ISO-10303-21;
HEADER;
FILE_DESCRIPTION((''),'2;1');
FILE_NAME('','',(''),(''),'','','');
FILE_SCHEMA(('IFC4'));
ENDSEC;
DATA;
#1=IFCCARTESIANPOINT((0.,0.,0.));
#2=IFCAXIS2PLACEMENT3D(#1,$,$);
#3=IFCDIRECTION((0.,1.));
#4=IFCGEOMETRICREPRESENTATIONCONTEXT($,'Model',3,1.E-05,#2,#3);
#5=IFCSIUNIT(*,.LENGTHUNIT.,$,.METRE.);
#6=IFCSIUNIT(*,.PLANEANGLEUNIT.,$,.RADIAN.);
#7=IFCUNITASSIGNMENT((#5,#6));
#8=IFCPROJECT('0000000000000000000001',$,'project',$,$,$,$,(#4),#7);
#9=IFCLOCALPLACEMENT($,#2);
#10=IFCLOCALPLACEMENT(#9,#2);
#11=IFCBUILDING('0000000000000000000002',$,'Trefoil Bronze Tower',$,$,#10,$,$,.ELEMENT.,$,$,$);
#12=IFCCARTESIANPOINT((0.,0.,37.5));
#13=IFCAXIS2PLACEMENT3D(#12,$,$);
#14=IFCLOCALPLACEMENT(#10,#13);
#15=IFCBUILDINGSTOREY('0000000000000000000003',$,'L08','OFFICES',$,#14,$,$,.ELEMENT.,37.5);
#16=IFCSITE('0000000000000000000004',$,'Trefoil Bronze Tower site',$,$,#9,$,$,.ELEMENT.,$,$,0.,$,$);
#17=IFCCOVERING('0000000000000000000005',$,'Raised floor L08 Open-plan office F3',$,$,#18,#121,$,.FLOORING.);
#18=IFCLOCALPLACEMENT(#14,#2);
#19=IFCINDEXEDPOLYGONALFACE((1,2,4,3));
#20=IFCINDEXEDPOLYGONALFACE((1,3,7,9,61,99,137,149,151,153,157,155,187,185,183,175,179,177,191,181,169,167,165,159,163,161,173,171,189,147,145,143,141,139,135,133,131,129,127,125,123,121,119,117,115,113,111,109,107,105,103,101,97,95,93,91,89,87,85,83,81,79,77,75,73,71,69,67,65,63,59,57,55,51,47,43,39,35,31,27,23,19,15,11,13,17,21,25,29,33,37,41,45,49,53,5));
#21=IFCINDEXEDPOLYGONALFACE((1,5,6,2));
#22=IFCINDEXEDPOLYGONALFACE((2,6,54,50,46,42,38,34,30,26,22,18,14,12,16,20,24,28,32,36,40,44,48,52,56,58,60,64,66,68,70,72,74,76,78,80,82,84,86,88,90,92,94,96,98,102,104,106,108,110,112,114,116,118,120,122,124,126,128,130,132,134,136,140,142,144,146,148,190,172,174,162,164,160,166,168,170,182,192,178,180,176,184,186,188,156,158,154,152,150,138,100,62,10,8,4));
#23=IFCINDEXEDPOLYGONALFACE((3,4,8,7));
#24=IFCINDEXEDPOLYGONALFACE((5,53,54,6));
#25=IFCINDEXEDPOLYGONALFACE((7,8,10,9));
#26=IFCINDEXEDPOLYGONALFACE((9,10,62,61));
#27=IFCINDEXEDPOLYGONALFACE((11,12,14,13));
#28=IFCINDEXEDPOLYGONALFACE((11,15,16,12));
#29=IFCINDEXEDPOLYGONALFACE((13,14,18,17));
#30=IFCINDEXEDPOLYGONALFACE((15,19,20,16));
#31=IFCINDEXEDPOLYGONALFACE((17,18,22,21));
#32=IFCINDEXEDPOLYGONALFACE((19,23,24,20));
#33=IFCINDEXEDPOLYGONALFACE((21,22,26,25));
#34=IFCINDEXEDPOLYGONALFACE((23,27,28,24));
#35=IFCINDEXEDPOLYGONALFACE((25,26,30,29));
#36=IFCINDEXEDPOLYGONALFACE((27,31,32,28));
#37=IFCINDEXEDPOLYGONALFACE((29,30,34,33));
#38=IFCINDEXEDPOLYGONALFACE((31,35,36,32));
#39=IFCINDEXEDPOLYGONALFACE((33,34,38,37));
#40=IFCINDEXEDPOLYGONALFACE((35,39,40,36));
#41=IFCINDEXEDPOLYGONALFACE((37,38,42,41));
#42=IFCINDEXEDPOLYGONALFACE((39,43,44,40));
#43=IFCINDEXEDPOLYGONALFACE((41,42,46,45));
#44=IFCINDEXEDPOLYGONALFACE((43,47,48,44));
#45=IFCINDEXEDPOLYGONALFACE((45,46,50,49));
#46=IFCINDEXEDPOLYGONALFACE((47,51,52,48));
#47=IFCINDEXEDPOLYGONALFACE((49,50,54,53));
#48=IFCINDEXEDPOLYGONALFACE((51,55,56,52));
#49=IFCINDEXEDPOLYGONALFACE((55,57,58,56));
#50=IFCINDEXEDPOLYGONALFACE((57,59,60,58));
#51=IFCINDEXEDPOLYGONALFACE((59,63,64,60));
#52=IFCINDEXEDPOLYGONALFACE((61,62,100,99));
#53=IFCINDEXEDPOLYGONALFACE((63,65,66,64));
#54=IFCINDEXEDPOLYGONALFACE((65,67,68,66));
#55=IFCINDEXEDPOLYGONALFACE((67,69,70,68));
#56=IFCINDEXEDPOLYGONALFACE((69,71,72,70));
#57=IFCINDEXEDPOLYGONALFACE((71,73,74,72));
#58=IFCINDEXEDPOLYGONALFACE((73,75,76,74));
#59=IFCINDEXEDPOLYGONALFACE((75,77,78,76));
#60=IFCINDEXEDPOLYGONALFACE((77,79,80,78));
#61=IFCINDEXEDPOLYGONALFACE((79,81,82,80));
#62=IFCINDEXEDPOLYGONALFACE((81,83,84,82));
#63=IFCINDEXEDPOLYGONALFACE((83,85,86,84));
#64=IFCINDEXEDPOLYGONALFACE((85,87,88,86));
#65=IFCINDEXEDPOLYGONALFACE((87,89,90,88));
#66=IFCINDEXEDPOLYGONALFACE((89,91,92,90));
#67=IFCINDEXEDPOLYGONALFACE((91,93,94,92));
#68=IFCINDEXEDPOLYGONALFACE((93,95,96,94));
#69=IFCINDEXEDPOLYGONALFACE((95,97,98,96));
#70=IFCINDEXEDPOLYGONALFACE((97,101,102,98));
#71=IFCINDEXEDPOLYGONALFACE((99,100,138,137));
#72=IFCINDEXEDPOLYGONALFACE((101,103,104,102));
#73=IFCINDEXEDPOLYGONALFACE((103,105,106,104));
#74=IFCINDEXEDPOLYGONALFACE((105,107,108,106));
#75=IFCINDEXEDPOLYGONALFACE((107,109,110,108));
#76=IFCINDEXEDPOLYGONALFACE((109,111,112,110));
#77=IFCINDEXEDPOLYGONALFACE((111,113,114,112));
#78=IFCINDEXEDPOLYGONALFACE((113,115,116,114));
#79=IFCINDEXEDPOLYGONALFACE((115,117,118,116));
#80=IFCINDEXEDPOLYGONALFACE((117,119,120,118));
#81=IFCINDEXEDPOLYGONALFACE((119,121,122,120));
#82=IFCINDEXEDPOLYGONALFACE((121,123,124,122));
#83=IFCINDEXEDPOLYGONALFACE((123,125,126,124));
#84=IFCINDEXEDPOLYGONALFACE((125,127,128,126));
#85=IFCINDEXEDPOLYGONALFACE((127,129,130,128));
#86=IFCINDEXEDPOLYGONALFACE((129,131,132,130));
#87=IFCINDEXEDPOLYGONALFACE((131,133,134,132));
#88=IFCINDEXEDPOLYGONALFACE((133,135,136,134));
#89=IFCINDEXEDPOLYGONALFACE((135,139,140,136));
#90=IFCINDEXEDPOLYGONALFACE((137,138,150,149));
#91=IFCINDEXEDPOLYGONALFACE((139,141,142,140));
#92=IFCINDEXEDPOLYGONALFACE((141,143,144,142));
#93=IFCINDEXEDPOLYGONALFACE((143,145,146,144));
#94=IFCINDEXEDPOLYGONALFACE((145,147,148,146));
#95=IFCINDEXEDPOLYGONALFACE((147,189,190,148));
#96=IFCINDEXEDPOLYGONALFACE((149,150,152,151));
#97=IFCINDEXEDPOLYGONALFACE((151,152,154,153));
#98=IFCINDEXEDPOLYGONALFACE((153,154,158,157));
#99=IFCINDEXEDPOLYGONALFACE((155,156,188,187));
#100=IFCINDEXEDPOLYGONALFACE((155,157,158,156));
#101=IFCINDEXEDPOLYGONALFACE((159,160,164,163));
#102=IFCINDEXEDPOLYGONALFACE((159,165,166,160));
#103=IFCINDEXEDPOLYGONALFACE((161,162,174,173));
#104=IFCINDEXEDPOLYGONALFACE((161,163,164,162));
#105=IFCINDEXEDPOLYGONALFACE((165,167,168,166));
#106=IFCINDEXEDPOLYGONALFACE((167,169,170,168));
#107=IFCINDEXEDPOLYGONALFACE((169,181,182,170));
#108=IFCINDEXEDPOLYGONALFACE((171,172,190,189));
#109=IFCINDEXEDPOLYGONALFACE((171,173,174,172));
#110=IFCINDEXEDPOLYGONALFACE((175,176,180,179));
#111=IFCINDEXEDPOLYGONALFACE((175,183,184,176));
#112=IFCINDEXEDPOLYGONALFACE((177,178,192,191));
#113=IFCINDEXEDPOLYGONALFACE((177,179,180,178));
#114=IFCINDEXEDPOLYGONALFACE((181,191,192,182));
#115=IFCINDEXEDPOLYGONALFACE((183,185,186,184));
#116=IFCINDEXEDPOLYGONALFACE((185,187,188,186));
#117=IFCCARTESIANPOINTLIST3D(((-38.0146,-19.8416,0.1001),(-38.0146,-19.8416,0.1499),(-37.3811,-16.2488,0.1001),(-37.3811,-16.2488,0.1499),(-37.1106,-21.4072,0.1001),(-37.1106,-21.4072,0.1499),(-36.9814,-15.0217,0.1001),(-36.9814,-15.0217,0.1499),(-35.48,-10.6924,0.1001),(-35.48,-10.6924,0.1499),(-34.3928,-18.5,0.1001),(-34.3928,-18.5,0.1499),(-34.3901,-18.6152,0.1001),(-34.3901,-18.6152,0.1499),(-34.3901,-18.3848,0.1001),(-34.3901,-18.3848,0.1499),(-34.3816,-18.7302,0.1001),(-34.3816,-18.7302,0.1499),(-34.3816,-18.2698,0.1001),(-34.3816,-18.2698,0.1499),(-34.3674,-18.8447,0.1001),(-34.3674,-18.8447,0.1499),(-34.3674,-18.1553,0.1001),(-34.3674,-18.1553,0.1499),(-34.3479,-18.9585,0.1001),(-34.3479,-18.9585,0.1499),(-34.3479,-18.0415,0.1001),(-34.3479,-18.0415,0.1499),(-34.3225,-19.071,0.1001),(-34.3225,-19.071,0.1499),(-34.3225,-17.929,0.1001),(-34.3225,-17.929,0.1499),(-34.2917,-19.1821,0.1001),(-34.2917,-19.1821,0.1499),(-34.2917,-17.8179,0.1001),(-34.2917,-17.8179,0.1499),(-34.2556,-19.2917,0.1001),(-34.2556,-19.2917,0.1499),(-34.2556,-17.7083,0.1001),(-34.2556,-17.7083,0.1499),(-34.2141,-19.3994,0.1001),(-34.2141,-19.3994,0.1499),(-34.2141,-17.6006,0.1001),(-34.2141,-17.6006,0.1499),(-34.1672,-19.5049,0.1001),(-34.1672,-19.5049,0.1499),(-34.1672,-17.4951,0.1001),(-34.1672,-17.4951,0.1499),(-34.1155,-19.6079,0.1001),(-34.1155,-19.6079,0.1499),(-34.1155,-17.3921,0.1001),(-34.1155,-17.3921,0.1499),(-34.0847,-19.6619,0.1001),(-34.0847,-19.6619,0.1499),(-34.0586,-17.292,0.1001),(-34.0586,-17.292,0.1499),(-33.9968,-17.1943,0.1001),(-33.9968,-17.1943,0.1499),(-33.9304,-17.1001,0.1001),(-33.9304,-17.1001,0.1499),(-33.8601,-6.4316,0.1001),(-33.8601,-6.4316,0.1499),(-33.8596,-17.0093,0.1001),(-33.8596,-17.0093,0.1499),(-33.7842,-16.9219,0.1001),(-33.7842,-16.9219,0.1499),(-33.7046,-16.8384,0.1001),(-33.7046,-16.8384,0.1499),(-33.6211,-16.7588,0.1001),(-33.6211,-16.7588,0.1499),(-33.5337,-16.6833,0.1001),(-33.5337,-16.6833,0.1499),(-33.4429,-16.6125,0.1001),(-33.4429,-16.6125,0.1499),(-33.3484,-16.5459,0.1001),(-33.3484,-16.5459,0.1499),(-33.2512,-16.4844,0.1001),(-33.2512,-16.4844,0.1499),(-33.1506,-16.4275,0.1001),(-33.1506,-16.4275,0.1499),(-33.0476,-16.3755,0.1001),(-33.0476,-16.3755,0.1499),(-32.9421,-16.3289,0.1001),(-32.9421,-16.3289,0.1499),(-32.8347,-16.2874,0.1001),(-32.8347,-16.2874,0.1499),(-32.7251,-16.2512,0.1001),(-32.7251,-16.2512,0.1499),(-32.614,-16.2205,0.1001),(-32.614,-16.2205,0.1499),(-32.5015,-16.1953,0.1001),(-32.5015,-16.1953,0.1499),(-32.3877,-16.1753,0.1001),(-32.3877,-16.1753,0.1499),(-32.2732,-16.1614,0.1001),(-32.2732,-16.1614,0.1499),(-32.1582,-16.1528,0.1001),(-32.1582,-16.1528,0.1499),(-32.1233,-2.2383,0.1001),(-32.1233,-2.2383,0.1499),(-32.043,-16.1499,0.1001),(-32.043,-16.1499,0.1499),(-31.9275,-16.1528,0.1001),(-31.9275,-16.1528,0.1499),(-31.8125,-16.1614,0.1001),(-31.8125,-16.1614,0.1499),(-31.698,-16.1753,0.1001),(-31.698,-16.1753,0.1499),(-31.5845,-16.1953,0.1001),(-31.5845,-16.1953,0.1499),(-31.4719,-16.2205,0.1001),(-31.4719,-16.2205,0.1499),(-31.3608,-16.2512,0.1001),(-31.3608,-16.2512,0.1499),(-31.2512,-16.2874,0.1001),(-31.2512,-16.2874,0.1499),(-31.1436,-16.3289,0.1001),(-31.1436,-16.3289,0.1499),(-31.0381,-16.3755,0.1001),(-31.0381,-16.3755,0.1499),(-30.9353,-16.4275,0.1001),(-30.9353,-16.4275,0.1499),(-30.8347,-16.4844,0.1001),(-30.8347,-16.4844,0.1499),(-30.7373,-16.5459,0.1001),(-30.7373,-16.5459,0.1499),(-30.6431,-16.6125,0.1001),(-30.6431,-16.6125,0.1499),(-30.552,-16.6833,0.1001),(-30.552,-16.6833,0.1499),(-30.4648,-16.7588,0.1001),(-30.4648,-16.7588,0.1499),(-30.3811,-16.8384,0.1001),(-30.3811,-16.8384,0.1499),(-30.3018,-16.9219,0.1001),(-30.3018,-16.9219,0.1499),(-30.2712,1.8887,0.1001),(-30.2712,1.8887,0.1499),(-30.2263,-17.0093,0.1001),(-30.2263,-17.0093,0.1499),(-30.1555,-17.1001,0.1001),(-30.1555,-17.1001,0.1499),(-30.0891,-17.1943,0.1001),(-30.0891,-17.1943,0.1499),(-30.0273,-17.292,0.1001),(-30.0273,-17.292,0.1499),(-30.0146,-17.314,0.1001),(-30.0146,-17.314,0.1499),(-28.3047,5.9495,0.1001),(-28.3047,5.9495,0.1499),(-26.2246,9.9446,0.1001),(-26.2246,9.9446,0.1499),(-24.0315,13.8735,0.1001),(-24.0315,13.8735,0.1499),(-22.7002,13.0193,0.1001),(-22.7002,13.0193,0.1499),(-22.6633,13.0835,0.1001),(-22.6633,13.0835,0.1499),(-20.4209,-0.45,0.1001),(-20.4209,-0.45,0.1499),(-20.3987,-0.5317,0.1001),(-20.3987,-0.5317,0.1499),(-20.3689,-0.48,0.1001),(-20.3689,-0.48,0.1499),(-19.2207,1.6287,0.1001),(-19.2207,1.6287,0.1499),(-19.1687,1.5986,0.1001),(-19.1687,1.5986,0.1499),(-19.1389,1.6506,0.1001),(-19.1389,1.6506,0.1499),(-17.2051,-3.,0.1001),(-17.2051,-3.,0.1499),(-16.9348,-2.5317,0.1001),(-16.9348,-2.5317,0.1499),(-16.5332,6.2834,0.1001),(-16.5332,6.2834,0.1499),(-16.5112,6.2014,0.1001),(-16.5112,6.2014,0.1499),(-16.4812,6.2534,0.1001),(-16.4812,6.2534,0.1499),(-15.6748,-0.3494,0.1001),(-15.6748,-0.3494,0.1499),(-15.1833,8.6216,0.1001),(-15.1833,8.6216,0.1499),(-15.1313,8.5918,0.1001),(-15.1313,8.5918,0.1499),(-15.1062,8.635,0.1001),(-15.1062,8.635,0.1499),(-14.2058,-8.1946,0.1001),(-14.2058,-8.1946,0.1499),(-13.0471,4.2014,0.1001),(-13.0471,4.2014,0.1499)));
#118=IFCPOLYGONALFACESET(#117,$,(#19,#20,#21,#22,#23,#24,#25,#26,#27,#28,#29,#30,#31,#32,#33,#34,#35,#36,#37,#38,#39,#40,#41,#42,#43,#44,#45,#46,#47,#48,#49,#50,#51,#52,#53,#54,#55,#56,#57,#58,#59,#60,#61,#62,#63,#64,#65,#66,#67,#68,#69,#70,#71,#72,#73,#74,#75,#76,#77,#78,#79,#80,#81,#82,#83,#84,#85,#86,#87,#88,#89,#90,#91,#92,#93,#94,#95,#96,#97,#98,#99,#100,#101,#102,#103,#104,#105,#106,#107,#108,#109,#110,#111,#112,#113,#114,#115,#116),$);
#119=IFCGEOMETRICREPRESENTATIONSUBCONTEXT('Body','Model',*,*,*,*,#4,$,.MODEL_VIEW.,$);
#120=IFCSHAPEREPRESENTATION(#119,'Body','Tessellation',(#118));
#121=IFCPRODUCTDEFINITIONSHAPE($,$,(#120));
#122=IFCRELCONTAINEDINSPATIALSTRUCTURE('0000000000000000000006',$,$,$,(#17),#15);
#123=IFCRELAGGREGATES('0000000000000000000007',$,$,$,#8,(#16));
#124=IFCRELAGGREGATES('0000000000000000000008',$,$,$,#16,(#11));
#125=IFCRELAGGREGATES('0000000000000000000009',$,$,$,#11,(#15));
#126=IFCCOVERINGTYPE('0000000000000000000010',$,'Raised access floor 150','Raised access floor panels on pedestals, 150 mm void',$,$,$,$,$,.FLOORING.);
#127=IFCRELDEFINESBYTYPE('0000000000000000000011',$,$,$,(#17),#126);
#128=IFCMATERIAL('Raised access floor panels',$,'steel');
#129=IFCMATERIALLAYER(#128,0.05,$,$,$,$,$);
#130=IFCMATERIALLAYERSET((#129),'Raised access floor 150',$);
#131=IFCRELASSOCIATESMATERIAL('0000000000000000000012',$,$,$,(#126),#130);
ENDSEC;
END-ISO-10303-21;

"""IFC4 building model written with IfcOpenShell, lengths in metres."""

from ifc_helpers import new_model, si_unit, direction, frame, origin, place, context, subcontext, project, spatial, polyline, outline, extrude, material, layer, layer_set, type_object, element, save


model = new_model("IFC4")

# Units and contexts
model_context = context("Model", 3, precision=1e-05, world=origin(), true_north=direction((0.0, 1.0)))
body_context = subcontext(model_context, "Body", "Model", "MODEL_VIEW")
ifc_project = project(units=[si_unit("LENGTHUNIT", "METRE"), si_unit("PLANEANGLEUNIT", "RADIAN")], contexts=[model_context])

# Site, building, storey
site_placement = place(None, origin())
site = spatial("IfcSite", under=ifc_project, at=site_placement, Name="Trefoil Bronze Tower site", CompositionType="ELEMENT", RefElevation=0.0)
building_placement = place(site_placement, origin())
building = spatial("IfcBuilding", under=site, at=building_placement, Name="Trefoil Bronze Tower", CompositionType="ELEMENT")
storey_placement = place(building_placement, frame((0.0, 0.0, 37.5)))
storey = spatial("IfcBuildingStorey", under=building, at=storey_placement, Name="L08", Description="OFFICES", CompositionType="ELEMENT", Elevation=37.5)

# Covering
ifc_material_1 = material(Name="Raised access floor panels", Category="steel")
ifc_layer_1 = layer(ifc_material_1, 0.05)
ifc_layer_set_1 = layer_set([ifc_layer_1], Name="Raised access floor 150")
covering_type = type_object("IfcCoveringType", Name="Raised access floor 150", Description="Raised access floor panels on pedestals, 150 mm void", PredefinedType="FLOORING", material=ifc_layer_set_1)
covering_1_placement = place(storey_placement, frame((0.0, 0.0, 0.1001)))
element("IfcCovering", 1, at=covering_1_placement, inside=storey, type_object=covering_type, Name="Raised floor L08 Open-plan office F3", PredefinedType="FLOORING", context=body_context, shape_type="SweptSolid", body=[
    extrude(outline(polyline([(-30.2712, 1.8887), (-28.3047, 5.9495), (-26.2246, 9.9446), (-24.0315, 13.8735), (-22.6633, 13.0835), (-22.7002, 13.0193), (-15.1062, 8.635), (-15.1313, 8.5918), (-15.1833, 8.6216), (-16.5332, 6.2834), (-16.4812, 6.2534), (-16.5112, 6.2014), (-13.0471, 4.2014), (-15.6748, -0.3494), (-19.1389, 1.6506), (-19.1687, 1.5986), (-19.2207, 1.6287), (-20.4209, -0.45), (-20.3689, -0.48), (-20.3987, -0.5317), (-16.9348, -2.5317), (-17.2051, -3.0), (-14.2058, -8.1946), (-30.0146, -17.314), (-30.0273, -17.292), (-30.0891, -17.1943), (-30.1555, -17.1001), (-30.2263, -17.0093), (-30.3018, -16.9219), (-30.3811, -16.8384), (-30.4648, -16.7588), (-30.552, -16.6833), (-30.6431, -16.6125), (-30.7373, -16.5459), (-30.8347, -16.4844), (-30.9353, -16.4275), (-31.0381, -16.3755), (-31.1436, -16.3289), (-31.2512, -16.2874), (-31.3608, -16.2512), (-31.4719, -16.2205), (-31.5845, -16.1953), (-31.698, -16.1753), (-31.8125, -16.1614), (-31.9275, -16.1528), (-32.043, -16.1499), (-32.1582, -16.1528), (-32.2732, -16.1614), (-32.3877, -16.1753), (-32.5015, -16.1953), (-32.614, -16.2205), (-32.7251, -16.2512), (-32.8347, -16.2874), (-32.9421, -16.3289), (-33.0476, -16.3755), (-33.1506, -16.4275), (-33.2512, -16.4844), (-33.3484, -16.5459), (-33.4429, -16.6125), (-33.5337, -16.6833), (-33.6211, -16.7588), (-33.7046, -16.8384), (-33.7842, -16.9219), (-33.8596, -17.0093), (-33.9304, -17.1001), (-33.9968, -17.1943), (-34.0586, -17.292), (-34.1155, -17.3921), (-34.1672, -17.4951), (-34.2141, -17.6006), (-34.2556, -17.7083), (-34.2917, -17.8179), (-34.3225, -17.929), (-34.3479, -18.0415), (-34.3674, -18.1553), (-34.3816, -18.2698), (-34.3901, -18.3848), (-34.3928, -18.5), (-34.3901, -18.6152), (-34.3816, -18.7302), (-34.3674, -18.8447), (-34.3479, -18.9585), (-34.3225, -19.071), (-34.2917, -19.1821), (-34.2556, -19.2917), (-34.2141, -19.3994), (-34.1672, -19.5049), (-34.1155, -19.6079), (-34.0847, -19.6619), (-37.1106, -21.4072), (-38.0146, -19.8416), (-37.3811, -16.2488), (-36.9814, -15.0217), (-35.48, -10.6924), (-33.8601, -6.4316), (-32.1233, -2.2383), (-30.2712, 1.8887)])), origin(), (0.0, 0.0, 1.0), 0.0498),
])

save(model, "model.ifc")
